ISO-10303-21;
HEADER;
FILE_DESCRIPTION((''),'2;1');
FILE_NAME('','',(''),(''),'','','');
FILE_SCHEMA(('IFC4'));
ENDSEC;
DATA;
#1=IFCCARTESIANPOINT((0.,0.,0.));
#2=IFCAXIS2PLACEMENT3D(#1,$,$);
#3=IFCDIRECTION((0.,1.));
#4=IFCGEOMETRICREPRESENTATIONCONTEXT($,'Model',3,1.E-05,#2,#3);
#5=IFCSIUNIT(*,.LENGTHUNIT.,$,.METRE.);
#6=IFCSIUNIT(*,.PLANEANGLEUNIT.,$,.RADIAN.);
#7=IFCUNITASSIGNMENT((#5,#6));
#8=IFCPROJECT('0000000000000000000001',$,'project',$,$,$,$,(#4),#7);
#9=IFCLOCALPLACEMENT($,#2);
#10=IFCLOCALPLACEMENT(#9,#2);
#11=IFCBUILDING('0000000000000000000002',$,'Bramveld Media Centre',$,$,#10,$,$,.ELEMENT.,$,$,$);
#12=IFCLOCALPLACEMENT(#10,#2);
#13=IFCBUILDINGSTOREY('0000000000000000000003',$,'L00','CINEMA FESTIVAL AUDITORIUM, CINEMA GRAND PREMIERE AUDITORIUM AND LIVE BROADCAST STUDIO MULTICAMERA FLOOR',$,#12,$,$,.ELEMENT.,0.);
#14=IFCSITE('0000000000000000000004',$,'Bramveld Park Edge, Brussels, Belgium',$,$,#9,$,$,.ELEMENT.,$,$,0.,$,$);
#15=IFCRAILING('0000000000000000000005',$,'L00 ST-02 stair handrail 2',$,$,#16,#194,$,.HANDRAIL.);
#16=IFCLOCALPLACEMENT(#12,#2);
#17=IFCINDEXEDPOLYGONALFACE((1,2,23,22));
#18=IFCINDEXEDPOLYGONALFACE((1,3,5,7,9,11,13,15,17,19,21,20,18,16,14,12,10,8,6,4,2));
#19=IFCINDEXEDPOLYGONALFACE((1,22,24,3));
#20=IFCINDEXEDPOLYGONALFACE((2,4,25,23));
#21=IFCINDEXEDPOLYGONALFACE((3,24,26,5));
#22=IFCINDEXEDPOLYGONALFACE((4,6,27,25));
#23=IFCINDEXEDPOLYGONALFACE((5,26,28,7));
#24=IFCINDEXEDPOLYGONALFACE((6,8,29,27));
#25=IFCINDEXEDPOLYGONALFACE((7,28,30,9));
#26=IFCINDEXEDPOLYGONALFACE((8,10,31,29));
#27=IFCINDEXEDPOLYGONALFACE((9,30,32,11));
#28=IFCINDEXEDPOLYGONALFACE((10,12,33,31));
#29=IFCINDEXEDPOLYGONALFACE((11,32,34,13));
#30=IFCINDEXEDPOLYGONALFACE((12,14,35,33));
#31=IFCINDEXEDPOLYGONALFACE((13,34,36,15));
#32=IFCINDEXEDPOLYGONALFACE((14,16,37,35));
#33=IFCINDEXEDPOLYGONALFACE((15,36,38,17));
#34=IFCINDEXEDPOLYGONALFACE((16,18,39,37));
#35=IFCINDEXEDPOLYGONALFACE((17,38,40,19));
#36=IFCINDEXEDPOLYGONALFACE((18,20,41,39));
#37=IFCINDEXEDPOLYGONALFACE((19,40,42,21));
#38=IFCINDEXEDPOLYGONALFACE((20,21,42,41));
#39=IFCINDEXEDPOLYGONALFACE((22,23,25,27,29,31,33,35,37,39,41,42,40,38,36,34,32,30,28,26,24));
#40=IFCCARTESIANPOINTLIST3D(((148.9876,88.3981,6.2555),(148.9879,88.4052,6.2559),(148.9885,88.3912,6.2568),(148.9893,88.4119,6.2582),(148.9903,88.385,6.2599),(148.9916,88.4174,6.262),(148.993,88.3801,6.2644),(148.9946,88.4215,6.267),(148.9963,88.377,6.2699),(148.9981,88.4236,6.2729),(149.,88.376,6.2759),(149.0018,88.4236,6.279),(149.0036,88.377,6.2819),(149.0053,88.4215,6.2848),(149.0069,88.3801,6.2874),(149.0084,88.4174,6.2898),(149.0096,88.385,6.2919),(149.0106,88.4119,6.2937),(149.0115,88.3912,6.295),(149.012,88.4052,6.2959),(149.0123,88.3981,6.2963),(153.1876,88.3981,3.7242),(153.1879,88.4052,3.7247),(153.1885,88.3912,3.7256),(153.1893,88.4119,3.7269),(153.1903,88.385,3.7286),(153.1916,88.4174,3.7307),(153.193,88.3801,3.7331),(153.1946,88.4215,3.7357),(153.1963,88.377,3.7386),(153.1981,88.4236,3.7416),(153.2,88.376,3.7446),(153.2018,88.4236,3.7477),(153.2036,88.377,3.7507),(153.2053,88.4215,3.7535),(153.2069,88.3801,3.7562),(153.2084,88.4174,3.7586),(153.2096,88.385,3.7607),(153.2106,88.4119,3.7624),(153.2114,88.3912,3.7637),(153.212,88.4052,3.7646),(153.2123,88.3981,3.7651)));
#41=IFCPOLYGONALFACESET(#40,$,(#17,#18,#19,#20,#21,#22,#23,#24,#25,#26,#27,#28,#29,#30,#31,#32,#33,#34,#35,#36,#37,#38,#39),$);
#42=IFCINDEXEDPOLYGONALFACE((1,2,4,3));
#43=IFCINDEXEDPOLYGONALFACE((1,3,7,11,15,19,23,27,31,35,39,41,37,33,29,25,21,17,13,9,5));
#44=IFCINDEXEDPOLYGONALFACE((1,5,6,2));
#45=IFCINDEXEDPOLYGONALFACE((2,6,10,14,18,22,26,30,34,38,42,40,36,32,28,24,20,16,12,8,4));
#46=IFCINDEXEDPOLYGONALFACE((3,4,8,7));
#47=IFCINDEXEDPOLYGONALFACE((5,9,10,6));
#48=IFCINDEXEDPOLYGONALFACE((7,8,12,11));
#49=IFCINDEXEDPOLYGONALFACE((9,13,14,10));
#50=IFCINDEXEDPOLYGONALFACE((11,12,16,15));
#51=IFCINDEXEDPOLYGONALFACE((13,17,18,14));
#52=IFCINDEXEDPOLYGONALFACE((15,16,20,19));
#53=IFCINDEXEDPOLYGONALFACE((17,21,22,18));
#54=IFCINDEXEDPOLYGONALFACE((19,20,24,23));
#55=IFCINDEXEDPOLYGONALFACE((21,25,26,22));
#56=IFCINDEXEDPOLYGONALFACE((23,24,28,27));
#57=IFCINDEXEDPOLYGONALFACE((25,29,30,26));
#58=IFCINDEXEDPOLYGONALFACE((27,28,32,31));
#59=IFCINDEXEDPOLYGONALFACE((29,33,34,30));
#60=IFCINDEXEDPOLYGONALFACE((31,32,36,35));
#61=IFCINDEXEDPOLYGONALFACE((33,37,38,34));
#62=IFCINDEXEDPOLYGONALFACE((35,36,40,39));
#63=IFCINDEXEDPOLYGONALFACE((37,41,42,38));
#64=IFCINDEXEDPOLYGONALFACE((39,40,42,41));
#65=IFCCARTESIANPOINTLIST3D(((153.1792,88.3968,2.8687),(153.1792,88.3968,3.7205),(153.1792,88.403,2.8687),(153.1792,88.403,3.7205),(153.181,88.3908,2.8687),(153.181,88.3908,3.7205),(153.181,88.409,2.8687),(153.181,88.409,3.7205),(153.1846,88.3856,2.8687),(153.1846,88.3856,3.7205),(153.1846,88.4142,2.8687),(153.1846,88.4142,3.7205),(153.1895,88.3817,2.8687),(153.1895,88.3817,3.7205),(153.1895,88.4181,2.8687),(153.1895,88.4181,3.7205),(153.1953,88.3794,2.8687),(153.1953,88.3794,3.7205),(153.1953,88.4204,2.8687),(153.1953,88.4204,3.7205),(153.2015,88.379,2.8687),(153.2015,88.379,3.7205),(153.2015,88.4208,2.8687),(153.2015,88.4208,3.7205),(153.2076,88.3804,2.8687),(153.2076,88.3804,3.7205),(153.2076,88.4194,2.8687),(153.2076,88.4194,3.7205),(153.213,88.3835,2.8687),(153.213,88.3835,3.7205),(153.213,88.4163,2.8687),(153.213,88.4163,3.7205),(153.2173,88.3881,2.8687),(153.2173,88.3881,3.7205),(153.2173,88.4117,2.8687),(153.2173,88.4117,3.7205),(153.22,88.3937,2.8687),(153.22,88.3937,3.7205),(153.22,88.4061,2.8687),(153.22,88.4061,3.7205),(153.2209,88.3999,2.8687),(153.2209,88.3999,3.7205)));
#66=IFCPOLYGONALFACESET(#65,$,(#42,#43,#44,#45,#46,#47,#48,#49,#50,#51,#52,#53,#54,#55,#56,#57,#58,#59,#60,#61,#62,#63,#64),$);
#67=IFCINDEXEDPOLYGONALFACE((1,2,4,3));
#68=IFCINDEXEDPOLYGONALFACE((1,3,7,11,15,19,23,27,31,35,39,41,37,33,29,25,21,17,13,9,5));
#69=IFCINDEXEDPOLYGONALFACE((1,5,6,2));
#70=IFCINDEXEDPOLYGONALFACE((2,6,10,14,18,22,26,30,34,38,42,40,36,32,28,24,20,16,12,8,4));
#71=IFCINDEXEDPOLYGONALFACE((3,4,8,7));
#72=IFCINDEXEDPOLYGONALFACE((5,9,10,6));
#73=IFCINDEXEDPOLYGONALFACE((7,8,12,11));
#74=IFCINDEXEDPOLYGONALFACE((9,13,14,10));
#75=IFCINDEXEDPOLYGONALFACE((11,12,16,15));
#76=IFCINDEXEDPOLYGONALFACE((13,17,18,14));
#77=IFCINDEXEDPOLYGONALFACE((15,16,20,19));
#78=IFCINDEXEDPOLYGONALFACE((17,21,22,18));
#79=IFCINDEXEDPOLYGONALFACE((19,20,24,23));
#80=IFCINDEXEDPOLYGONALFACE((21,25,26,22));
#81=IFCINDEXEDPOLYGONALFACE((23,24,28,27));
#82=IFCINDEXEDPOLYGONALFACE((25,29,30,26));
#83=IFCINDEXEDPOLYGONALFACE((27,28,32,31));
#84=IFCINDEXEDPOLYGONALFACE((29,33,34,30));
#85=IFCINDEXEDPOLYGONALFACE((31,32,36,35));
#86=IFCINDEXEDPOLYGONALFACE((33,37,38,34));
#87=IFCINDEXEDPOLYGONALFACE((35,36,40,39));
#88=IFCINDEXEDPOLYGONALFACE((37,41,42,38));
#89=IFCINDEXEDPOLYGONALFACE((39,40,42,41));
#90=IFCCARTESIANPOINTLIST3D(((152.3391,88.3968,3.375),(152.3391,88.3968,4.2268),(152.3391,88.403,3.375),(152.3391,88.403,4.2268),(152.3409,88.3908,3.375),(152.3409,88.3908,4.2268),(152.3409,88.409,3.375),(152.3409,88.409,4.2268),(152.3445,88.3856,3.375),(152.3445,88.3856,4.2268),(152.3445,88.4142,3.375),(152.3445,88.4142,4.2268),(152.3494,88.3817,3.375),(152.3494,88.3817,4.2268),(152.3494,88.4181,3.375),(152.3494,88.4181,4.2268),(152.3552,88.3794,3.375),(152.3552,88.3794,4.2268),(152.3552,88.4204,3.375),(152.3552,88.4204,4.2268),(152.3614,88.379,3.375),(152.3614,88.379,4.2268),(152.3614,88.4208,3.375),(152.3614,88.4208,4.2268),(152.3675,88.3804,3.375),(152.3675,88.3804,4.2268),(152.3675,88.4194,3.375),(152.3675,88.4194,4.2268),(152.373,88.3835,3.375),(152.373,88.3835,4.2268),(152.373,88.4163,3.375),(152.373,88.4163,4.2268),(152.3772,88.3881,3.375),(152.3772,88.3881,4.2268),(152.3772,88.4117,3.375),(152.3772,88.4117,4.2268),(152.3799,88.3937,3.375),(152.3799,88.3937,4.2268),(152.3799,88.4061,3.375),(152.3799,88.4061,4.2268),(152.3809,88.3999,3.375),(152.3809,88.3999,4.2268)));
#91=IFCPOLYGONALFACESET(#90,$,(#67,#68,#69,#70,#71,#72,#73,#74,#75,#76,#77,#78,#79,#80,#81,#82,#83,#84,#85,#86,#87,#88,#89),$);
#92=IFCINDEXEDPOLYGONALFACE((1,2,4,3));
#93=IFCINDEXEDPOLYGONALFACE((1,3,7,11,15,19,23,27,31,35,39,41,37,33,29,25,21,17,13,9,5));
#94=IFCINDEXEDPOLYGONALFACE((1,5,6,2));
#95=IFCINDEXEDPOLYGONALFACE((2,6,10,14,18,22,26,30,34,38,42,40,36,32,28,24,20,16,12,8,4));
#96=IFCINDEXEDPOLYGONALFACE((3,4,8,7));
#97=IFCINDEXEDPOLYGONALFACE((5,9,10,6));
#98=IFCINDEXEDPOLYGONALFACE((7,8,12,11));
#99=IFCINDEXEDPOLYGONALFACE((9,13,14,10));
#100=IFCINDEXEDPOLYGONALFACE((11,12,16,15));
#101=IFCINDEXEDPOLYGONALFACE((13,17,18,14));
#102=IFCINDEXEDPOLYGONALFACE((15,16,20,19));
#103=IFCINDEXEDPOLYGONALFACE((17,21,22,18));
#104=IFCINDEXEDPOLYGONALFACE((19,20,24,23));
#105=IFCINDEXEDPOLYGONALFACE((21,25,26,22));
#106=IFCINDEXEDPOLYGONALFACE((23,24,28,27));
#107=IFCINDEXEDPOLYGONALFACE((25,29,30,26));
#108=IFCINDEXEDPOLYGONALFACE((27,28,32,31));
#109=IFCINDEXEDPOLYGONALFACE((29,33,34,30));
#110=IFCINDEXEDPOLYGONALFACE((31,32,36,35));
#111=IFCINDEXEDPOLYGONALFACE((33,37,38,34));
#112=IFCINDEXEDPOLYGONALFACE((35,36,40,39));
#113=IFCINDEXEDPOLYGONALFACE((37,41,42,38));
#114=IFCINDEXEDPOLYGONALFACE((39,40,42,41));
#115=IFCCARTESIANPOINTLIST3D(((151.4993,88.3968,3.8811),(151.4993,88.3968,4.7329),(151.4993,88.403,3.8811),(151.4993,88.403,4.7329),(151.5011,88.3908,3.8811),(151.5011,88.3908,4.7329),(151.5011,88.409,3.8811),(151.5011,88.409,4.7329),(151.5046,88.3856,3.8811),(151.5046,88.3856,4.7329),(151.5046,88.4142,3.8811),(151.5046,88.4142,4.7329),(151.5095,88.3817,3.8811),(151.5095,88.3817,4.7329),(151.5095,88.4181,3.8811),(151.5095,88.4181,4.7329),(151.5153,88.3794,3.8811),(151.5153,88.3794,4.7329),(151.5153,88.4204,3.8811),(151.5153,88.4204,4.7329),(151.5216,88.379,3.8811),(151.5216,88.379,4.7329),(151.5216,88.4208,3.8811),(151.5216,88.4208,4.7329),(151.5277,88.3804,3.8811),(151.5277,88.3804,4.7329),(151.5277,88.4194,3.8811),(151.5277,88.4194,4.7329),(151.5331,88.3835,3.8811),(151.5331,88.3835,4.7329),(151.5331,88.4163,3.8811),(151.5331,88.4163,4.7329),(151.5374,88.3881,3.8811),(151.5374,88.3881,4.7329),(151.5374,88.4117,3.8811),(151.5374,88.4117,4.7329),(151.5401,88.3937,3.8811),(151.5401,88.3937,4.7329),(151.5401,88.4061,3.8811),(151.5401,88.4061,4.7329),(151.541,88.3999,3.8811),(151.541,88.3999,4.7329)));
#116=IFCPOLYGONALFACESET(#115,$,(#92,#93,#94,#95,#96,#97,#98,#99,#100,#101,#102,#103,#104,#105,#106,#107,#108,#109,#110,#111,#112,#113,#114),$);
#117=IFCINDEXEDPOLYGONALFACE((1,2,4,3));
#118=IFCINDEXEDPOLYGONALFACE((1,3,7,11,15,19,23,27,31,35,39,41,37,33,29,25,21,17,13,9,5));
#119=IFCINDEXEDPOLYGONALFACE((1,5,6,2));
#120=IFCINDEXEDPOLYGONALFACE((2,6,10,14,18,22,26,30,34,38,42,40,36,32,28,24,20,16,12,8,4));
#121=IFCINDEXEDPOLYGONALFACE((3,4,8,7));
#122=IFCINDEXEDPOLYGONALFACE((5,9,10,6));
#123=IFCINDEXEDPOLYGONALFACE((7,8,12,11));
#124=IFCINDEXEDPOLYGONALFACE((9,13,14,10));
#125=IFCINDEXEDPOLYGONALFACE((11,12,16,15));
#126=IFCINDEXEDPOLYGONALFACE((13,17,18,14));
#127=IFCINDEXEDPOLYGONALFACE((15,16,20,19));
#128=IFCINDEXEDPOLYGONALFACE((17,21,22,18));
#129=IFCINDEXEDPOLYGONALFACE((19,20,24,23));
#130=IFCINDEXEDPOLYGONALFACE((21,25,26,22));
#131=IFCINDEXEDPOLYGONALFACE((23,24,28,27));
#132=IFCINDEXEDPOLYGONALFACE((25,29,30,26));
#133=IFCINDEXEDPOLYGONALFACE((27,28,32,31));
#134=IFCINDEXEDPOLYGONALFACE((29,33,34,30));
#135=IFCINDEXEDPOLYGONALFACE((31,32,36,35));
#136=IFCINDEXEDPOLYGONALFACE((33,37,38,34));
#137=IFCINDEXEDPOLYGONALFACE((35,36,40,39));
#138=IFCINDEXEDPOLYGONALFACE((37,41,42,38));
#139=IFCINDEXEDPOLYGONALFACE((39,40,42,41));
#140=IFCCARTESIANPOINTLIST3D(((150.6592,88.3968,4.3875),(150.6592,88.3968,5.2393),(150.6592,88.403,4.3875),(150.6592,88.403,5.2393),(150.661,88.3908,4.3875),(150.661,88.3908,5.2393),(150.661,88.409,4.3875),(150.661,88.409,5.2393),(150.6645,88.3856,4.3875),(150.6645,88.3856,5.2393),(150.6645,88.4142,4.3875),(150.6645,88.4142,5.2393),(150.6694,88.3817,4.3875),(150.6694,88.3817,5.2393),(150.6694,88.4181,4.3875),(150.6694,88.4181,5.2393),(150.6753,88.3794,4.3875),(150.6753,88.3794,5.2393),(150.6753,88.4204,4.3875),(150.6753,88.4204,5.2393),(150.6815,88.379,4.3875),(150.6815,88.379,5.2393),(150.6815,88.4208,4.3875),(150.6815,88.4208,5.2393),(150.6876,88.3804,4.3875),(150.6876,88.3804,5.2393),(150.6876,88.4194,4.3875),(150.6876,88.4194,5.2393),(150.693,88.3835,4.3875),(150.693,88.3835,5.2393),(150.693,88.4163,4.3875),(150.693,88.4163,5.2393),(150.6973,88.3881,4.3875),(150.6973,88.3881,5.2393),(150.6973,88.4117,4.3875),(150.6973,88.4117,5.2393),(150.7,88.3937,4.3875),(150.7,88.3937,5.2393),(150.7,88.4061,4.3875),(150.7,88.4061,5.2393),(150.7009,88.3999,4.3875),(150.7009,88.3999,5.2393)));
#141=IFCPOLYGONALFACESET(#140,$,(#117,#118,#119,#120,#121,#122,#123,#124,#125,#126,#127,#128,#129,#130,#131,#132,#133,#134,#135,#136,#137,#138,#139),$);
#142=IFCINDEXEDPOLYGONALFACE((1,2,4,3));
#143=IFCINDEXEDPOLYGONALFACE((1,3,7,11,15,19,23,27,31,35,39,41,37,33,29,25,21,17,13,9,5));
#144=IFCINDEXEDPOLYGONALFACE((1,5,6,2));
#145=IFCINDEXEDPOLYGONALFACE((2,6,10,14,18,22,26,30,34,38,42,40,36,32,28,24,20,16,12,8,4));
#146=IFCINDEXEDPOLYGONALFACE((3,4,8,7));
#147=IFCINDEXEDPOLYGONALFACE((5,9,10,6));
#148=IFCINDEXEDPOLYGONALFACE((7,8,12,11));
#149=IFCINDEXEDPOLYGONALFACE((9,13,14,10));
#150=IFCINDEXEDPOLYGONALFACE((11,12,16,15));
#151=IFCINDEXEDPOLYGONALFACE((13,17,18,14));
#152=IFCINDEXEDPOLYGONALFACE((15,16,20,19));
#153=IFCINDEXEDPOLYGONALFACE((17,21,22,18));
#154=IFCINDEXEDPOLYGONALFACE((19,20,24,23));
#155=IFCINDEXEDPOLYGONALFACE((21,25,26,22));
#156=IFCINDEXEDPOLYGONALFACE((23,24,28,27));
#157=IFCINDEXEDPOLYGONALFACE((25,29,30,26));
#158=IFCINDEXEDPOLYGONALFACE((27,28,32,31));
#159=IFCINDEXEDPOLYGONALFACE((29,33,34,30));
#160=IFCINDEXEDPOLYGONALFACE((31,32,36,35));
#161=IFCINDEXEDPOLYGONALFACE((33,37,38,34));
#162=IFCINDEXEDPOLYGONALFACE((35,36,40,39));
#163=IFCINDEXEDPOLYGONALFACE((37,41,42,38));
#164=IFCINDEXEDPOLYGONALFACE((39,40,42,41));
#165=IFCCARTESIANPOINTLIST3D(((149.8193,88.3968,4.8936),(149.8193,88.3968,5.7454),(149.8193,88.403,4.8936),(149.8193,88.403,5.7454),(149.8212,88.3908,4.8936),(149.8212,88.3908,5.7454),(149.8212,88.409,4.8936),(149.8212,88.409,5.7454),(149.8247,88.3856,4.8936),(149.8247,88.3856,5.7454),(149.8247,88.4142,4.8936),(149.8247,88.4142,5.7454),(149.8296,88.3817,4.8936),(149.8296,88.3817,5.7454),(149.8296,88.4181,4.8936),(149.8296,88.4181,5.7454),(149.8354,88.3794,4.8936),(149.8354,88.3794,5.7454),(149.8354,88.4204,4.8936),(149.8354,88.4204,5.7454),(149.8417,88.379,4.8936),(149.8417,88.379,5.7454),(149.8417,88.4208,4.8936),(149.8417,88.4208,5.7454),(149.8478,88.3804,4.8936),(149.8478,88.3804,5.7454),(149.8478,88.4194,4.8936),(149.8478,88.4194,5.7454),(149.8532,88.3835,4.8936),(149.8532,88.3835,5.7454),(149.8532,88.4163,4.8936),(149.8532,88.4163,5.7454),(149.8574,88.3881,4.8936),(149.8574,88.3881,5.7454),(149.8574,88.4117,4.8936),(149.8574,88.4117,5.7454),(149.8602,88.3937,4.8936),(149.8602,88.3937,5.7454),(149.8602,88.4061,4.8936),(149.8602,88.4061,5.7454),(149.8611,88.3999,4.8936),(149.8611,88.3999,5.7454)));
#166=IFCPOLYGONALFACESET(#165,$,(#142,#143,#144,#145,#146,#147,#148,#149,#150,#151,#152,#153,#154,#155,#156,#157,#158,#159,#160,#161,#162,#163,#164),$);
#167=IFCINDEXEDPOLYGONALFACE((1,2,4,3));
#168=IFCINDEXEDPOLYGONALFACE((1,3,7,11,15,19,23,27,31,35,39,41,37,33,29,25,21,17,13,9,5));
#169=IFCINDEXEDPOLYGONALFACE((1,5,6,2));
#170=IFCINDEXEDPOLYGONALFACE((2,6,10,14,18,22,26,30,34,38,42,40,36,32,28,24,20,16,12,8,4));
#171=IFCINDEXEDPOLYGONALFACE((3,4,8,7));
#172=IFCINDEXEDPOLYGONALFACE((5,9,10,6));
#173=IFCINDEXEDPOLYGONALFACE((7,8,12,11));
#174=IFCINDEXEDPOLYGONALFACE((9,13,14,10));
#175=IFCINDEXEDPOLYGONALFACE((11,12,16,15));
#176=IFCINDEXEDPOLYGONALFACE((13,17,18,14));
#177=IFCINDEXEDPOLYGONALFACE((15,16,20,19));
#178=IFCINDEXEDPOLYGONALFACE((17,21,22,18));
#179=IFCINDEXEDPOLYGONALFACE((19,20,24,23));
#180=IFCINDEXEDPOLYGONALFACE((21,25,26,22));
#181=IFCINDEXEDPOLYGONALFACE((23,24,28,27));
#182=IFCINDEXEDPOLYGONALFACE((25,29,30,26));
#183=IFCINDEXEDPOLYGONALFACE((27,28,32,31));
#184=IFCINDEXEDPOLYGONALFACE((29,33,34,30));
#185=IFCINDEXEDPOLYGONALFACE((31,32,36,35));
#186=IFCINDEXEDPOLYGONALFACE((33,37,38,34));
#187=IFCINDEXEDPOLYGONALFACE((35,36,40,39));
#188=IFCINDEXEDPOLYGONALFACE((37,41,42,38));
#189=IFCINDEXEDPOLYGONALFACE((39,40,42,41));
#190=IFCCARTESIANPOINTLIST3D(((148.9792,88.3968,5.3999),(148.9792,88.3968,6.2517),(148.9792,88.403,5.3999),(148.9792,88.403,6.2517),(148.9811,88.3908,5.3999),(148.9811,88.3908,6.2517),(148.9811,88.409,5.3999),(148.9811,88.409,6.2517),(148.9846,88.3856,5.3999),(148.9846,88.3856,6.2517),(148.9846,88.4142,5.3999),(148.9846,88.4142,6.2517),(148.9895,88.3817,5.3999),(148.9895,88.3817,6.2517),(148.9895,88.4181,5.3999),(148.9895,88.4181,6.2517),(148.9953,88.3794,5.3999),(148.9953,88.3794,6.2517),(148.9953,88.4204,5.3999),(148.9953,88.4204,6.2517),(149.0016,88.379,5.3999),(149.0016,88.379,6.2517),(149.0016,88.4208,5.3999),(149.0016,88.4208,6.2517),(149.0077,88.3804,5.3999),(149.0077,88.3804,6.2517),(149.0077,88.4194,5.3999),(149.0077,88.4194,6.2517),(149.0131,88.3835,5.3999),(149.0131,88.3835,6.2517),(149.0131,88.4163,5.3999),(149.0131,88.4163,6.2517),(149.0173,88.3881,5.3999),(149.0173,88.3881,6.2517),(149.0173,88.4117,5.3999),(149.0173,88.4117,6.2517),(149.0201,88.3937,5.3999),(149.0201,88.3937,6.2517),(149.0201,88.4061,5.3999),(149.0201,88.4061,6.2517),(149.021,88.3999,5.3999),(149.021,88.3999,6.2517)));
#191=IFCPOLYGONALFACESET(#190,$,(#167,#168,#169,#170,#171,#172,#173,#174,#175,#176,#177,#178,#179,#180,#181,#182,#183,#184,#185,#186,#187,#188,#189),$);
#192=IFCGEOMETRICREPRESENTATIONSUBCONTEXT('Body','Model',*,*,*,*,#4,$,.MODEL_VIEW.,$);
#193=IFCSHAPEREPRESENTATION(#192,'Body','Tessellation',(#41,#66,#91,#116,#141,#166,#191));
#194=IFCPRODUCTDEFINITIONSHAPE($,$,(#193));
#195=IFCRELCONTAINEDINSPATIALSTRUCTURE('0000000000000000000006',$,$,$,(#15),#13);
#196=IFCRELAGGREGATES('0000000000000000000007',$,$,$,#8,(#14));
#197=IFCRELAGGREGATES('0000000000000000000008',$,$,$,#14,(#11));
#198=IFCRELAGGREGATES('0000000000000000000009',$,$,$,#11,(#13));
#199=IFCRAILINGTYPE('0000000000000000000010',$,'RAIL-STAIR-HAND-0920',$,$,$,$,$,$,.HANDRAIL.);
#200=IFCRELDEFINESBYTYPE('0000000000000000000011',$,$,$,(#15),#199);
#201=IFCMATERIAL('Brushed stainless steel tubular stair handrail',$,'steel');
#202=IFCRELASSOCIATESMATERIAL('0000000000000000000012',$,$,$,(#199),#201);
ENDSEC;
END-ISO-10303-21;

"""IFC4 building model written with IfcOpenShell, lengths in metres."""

from ifc_helpers import new_model, si_unit, direction, frame, origin, origin_2d, place, context, subcontext, project, spatial, circle, extrude, material, type_object, element, save


model = new_model("IFC4")

# Units and contexts
model_context = context("Model", 3, precision=1e-05, world=origin(), true_north=direction((0.0, 1.0)))
body_context = subcontext(model_context, "Body", "Model", "MODEL_VIEW")
ifc_project = project(units=[si_unit("LENGTHUNIT", "METRE"), si_unit("PLANEANGLEUNIT", "RADIAN")], contexts=[model_context])

# Site, building, storey
site_placement = place(None, origin())
site = spatial("IfcSite", under=ifc_project, at=site_placement, Name="Bramveld Park Edge, Brussels, Belgium", CompositionType="ELEMENT", RefElevation=0.0)
building_placement = place(site_placement, origin())
building = spatial("IfcBuilding", under=site, at=building_placement, Name="Bramveld Media Centre", CompositionType="ELEMENT")
storey_placement = place(building_placement, origin())
storey = spatial("IfcBuildingStorey", under=building, at=storey_placement, Name="L00", Description="CINEMA FESTIVAL AUDITORIUM, CINEMA GRAND PREMIERE AUDITORIUM AND LIVE BROADCAST STUDIO MULTICAMERA FLOOR", CompositionType="ELEMENT", Elevation=0.0)

# Railing
ifc_material_1 = material(Name="Brushed stainless steel tubular stair handrail", Category="steel")
railing_type = type_object("IfcRailingType", Name="RAIL-STAIR-HAND-0920", PredefinedType="HANDRAIL", material=ifc_material_1)
railing_placement = place(storey_placement, frame((153.2, 88.3999, 2.8687)))
element("IfcRailing", 1, at=railing_placement, inside=storey, type_object=railing_type, Name="L00 ST-02 stair handrail 2", PredefinedType="HANDRAIL", context=body_context, shape_type="SweptSolid", body=[
    extrude(circle(Radius=0.0239, at=origin_2d()), frame((0.0, 0.0, 0.876), z_axis=(-0.856476, 0.0, 0.516186), x_axis=(0.0, -1.0, 0.0)), (0.0, 0.0, 1.0), 4.9038),
    extrude(circle(Radius=0.021, at=origin_2d()), origin(), (0.0, 0.0, 1.0), 0.8518),
    extrude(circle(Radius=0.021, at=origin_2d()), frame((-0.8401, 0.0, 0.5063)), (0.0, 0.0, 1.0), 0.8518),
    extrude(circle(Radius=0.021, at=origin_2d()), frame((-1.6799, 0.0, 1.0125)), (0.0, 0.0, 1.0), 0.8518),
    extrude(circle(Radius=0.021, at=origin_2d()), frame((-2.52, 0.0, 1.5188)), (0.0, 0.0, 1.0), 0.8518),
    extrude(circle(Radius=0.021, at=origin_2d()), frame((-3.3599, 0.0, 2.0249)), (0.0, 0.0, 1.0), 0.8518),
    extrude(circle(Radius=0.021, at=origin_2d()), frame((-4.2, 0.0, 2.5312)), (0.0, 0.0, 1.0), 0.8518),
])

save(model, "model.ifc")
